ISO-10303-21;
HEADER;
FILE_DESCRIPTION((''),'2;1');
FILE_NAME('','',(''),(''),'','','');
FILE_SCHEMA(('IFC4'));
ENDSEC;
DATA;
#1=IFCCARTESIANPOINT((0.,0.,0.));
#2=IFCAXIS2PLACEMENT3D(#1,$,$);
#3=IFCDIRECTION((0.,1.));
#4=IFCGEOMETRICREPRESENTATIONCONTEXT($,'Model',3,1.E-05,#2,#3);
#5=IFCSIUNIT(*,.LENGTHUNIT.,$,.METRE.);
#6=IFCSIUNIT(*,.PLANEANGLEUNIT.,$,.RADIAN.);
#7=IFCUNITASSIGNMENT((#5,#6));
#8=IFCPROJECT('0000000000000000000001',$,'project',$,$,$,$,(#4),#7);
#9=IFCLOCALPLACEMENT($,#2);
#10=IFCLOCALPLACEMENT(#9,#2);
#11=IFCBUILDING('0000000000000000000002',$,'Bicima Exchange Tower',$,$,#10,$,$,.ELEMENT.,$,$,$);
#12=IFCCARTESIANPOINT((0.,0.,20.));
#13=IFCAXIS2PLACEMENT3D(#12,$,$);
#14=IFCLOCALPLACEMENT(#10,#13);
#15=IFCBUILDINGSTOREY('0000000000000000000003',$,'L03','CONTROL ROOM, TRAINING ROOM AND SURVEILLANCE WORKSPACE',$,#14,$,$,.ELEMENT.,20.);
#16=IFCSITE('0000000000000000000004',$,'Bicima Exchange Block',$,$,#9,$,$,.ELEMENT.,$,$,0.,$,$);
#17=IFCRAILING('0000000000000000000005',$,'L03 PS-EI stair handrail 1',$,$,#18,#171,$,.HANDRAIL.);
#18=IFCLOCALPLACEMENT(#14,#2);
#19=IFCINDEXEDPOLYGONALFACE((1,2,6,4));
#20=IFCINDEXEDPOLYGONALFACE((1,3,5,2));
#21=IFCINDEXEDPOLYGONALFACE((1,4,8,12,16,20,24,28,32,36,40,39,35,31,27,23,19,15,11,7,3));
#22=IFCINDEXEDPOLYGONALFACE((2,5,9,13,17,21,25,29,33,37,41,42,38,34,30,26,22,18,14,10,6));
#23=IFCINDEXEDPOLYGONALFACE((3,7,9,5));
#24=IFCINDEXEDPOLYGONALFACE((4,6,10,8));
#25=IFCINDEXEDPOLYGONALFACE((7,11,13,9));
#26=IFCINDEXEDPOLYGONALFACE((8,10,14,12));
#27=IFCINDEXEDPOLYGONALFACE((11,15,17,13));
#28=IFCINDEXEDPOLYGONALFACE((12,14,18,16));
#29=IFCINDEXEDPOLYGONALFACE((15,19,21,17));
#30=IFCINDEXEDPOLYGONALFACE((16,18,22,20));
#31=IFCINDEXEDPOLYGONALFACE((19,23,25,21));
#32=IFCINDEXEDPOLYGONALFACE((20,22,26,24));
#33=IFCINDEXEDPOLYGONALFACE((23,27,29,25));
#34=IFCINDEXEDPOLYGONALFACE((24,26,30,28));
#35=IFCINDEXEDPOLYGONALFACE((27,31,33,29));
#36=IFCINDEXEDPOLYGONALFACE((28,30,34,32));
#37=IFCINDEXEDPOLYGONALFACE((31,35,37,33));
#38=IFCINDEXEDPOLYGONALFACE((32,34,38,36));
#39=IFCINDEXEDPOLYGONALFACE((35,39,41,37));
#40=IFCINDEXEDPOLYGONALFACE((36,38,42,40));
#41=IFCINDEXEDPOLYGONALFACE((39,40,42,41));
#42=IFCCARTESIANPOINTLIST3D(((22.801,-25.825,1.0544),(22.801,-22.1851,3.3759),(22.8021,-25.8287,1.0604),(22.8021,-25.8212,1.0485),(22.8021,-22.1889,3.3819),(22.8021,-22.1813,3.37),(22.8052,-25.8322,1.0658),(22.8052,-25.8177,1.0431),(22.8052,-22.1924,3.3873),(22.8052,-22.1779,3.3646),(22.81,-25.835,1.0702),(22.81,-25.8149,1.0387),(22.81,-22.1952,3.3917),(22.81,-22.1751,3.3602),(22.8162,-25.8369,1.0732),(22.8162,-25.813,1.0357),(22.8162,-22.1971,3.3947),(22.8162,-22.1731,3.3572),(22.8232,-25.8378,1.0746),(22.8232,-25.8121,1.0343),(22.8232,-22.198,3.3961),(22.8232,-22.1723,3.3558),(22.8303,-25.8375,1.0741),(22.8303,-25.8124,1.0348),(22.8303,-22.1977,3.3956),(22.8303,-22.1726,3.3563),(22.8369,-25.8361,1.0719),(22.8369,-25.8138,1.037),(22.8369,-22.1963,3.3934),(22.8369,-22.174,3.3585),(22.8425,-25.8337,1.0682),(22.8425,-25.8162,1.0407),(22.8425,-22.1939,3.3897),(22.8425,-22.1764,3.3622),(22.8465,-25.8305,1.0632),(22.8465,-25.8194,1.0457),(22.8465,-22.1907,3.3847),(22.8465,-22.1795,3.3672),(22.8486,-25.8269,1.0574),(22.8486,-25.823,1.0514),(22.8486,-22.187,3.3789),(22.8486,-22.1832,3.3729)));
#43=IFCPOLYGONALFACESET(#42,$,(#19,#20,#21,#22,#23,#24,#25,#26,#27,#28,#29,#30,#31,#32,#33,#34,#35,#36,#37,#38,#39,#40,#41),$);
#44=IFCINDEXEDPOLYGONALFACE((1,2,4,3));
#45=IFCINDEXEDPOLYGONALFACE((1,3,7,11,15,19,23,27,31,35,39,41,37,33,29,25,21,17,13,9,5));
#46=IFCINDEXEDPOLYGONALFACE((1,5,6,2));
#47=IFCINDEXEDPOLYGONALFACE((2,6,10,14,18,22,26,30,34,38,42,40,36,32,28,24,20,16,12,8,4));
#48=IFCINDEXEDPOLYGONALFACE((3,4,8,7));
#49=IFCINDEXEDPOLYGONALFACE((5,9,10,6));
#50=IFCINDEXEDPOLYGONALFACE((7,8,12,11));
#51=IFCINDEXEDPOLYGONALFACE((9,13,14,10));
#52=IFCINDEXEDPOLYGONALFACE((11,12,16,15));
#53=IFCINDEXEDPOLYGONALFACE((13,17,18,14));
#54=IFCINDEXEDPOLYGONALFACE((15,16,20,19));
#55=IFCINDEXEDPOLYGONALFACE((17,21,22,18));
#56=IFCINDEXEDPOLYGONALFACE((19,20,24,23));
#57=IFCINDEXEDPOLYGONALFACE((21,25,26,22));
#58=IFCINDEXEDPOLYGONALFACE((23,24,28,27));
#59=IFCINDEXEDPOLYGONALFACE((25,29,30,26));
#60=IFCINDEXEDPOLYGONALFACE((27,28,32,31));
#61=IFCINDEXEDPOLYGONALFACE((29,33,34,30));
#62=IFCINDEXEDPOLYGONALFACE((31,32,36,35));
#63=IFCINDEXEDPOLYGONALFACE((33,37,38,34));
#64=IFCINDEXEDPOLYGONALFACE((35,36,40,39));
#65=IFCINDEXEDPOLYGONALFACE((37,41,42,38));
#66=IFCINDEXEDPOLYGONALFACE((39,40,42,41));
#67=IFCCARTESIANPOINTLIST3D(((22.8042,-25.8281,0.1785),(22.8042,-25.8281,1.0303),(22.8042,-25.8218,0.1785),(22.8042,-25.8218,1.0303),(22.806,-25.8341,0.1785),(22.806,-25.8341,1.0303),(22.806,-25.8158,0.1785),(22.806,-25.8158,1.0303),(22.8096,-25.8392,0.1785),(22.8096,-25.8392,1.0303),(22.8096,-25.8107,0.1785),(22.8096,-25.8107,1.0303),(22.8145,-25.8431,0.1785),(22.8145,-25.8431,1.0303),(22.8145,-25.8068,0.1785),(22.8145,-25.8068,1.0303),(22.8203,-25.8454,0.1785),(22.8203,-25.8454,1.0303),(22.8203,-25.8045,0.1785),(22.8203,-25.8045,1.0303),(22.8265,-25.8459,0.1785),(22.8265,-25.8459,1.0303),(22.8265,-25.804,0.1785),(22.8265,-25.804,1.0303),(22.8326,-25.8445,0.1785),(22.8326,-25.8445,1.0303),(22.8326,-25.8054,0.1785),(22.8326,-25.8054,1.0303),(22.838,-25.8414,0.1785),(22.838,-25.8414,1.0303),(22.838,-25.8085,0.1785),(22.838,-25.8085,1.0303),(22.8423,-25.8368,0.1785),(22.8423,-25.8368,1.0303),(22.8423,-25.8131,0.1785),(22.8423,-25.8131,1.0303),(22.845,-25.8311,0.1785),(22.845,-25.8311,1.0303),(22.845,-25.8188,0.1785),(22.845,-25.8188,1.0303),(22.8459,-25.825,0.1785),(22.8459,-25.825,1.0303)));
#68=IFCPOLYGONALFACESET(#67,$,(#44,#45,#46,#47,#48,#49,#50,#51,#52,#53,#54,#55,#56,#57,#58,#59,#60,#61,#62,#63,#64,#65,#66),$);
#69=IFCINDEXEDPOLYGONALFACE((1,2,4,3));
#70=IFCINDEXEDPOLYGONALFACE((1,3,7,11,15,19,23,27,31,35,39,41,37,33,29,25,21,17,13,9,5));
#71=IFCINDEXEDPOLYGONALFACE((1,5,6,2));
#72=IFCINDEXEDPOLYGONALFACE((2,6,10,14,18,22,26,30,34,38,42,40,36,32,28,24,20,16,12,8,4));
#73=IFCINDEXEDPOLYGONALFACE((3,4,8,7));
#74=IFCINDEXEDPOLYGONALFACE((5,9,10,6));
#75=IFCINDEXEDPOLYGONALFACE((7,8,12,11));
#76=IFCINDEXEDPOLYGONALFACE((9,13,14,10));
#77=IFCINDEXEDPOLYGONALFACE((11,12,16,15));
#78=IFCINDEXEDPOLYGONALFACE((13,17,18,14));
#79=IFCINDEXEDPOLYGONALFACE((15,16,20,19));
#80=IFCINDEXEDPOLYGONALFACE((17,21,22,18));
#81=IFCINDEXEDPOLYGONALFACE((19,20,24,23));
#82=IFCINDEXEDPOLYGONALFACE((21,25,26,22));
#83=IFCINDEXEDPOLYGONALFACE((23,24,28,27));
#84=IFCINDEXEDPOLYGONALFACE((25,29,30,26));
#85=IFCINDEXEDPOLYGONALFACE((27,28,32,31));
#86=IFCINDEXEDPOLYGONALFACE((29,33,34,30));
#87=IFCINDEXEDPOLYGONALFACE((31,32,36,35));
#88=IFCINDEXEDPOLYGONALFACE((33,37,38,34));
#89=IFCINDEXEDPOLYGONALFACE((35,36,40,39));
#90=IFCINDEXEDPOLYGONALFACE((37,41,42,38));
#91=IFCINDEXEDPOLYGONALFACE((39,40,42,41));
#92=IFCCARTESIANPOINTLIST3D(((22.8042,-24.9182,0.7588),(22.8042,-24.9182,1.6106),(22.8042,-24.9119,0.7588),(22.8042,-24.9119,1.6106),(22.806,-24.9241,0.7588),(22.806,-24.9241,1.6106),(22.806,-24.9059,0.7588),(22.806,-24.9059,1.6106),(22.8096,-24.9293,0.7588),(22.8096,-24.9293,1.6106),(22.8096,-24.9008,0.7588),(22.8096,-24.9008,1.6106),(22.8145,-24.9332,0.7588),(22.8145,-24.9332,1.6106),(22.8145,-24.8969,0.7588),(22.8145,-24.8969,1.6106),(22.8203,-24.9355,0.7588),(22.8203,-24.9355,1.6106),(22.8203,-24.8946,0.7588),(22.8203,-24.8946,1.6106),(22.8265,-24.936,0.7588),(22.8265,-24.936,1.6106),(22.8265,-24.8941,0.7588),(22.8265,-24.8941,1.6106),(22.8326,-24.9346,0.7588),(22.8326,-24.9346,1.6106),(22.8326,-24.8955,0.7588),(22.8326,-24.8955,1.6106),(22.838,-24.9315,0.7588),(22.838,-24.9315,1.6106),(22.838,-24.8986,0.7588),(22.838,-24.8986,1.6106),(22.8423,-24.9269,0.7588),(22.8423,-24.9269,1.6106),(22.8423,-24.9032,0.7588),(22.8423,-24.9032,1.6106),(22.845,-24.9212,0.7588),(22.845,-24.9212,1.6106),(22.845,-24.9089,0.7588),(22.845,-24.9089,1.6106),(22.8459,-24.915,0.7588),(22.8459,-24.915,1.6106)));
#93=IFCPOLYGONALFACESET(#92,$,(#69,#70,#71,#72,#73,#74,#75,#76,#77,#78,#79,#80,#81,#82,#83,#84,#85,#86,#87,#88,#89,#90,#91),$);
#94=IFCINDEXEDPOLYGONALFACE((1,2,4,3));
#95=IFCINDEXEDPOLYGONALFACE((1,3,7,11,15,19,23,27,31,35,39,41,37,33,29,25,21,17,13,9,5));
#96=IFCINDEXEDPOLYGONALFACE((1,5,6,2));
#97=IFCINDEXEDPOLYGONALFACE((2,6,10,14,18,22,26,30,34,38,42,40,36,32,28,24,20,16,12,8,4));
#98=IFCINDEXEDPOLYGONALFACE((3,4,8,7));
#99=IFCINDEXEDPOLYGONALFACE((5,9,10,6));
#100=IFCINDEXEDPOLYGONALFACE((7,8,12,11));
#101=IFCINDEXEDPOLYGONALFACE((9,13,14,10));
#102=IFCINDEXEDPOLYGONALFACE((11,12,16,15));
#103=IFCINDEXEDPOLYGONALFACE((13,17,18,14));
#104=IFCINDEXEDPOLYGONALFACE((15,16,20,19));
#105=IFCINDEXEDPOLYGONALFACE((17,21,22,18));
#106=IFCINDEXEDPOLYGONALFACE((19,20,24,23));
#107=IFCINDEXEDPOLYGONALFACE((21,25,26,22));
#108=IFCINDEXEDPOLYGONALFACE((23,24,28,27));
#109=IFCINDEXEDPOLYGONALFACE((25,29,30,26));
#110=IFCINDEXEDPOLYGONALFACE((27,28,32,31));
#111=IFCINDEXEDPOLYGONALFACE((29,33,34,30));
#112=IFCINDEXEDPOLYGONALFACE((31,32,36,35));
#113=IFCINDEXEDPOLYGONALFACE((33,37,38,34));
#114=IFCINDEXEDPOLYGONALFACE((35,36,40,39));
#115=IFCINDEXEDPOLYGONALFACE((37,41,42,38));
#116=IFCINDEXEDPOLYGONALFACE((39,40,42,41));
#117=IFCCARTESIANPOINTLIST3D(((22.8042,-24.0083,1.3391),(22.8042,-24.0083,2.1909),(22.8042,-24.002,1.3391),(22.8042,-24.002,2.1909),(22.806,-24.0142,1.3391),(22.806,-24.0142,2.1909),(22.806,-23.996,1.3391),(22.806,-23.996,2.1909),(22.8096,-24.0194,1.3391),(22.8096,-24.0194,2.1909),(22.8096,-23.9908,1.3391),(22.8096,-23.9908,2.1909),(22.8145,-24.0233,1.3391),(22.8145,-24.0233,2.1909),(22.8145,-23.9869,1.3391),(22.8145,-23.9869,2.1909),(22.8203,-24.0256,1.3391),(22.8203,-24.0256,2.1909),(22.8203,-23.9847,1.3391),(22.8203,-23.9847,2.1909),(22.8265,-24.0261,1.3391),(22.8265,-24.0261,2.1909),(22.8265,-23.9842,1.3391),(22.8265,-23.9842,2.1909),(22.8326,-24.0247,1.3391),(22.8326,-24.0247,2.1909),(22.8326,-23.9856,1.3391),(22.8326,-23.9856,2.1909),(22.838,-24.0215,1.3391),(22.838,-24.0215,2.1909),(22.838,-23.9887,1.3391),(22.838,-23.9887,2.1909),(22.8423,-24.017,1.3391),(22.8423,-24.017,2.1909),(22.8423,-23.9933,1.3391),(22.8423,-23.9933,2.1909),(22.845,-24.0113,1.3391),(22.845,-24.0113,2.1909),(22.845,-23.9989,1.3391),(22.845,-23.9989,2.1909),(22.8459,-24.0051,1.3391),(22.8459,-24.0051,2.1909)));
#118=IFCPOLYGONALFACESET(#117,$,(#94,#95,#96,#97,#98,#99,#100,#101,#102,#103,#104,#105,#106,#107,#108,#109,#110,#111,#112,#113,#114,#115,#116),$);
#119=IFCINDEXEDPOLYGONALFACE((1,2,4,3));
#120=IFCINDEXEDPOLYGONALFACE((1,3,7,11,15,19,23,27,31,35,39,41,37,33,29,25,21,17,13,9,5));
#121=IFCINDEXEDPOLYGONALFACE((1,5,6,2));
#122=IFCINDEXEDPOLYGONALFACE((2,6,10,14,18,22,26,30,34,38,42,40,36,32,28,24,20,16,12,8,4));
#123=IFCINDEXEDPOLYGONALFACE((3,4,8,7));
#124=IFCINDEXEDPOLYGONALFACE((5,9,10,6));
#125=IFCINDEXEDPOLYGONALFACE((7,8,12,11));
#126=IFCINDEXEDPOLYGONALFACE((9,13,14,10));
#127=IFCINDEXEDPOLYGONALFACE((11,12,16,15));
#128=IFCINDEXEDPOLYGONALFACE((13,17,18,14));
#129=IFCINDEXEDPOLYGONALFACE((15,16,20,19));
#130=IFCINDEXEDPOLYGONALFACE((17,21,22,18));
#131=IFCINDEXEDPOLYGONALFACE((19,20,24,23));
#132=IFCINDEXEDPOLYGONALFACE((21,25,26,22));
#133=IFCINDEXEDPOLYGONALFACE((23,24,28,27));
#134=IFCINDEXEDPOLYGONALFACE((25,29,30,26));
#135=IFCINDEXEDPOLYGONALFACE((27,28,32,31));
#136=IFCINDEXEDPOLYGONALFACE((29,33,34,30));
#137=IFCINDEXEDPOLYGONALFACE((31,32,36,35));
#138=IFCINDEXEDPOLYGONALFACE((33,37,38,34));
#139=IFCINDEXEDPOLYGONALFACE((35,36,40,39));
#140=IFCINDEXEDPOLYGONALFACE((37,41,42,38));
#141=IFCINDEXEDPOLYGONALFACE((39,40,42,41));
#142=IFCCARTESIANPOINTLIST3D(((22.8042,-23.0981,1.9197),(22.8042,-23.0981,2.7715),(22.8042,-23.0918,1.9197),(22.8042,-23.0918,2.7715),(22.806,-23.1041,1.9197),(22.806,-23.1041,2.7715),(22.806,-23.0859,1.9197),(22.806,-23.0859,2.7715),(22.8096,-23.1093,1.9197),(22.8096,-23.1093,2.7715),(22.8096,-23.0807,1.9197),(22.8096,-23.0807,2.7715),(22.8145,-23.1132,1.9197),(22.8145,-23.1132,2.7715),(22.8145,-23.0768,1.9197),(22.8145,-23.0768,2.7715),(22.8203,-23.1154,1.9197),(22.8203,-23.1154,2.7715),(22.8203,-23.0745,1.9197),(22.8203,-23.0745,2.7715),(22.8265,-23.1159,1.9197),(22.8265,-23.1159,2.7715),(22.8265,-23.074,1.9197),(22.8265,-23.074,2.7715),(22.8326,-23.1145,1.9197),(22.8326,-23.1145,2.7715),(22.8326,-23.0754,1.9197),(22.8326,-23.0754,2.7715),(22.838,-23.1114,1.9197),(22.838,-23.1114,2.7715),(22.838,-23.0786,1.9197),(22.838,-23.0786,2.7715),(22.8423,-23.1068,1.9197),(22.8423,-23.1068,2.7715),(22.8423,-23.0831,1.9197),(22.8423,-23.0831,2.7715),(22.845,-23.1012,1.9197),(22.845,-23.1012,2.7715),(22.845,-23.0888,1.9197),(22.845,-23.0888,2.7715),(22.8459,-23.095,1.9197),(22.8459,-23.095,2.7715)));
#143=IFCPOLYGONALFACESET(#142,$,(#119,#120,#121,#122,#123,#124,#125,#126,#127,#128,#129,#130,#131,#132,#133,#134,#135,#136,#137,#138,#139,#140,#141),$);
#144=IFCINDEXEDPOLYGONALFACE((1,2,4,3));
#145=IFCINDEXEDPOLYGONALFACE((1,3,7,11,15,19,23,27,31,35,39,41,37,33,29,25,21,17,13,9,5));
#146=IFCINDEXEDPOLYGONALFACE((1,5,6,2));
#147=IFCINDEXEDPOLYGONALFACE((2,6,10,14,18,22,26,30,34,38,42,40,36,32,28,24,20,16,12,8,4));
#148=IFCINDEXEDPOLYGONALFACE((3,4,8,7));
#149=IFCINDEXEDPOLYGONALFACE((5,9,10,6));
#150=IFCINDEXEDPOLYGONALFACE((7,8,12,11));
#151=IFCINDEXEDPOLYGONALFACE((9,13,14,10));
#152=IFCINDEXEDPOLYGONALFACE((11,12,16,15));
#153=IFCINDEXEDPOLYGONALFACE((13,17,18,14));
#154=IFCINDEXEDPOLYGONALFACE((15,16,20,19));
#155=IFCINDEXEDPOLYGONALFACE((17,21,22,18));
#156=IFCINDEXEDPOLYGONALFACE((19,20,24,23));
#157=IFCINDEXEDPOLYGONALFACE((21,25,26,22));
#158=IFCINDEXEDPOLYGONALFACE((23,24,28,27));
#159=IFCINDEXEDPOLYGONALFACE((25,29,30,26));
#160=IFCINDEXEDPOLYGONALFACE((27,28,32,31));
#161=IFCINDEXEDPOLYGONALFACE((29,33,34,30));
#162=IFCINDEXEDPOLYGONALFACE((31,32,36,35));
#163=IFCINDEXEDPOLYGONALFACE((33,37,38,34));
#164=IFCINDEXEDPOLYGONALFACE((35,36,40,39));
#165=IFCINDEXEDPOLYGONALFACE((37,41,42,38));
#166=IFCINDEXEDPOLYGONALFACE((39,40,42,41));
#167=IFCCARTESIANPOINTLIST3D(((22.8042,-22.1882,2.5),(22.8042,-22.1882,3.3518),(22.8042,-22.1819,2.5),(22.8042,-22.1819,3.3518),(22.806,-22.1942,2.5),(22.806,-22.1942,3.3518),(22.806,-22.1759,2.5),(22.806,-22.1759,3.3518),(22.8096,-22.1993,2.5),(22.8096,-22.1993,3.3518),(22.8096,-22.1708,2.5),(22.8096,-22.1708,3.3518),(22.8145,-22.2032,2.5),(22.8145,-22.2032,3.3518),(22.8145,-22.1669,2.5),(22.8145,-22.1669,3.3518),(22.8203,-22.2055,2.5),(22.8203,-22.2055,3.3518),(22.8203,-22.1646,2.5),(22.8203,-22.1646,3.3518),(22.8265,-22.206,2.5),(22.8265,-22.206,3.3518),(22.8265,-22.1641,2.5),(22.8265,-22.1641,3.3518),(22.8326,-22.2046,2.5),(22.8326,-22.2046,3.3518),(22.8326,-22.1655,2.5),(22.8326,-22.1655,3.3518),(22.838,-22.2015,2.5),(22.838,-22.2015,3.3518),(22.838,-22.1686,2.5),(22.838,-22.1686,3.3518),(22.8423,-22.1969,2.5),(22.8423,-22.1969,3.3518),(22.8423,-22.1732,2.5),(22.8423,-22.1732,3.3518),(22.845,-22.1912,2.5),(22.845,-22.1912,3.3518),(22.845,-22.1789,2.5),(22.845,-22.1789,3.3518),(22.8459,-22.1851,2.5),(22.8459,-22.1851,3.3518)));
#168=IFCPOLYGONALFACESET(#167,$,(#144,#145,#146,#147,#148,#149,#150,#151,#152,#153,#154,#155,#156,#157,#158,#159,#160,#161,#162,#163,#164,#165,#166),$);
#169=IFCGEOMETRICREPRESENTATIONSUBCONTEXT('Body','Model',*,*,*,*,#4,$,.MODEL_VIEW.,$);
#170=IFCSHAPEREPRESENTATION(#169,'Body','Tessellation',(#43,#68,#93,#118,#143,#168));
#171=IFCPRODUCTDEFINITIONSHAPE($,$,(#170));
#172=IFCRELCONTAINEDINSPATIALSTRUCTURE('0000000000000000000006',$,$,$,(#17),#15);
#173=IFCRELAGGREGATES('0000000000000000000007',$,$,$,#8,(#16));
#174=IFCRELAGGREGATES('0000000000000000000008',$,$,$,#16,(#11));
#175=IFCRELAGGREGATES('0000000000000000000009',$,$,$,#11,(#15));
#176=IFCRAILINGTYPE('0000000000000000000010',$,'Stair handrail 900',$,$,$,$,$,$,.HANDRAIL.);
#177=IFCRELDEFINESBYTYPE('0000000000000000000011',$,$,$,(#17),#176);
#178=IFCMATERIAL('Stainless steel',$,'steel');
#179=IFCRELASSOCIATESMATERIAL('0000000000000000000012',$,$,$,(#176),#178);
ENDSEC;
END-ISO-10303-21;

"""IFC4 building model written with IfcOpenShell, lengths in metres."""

from ifc_helpers import new_model, si_unit, direction, frame, origin, origin_2d, place, context, subcontext, project, spatial, circle, extrude, material, type_object, element, save


model = new_model("IFC4")

# Units and contexts
model_context = context("Model", 3, precision=1e-05, world=origin(), true_north=direction((0.0, 1.0)))
body_context = subcontext(model_context, "Body", "Model", "MODEL_VIEW")
ifc_project = project(units=[si_unit("LENGTHUNIT", "METRE"), si_unit("PLANEANGLEUNIT", "RADIAN")], contexts=[model_context])

# Site, building, storey
site_placement = place(None, origin())
site = spatial("IfcSite", under=ifc_project, at=site_placement, Name="Bicima Exchange Block", CompositionType="ELEMENT", RefElevation=0.0)
building_placement = place(site_placement, origin())
building = spatial("IfcBuilding", under=site, at=building_placement, Name="Bicima Exchange Tower", CompositionType="ELEMENT")
storey_placement = place(building_placement, frame((0.0, 0.0, 20.0)))
storey = spatial("IfcBuildingStorey", under=building, at=storey_placement, Name="L03", Description="CONTROL ROOM, TRAINING ROOM AND SURVEILLANCE WORKSPACE", CompositionType="ELEMENT", Elevation=20.0)

# Railing
ifc_material_1 = material(Name="Stainless steel", Category="steel")
railing_type_1 = type_object("IfcRailingType", Name="Stair handrail 900", PredefinedType="HANDRAIL", material=ifc_material_1)
for number, where, name in (
    (1, (22.825, -25.825, 0.1785), "L03 PS-EI stair handrail 1"),
):
    element("IfcRailing", number, at=place(storey_placement, frame(where)), inside=storey, type_object=railing_type_1, Name=name, PredefinedType="HANDRAIL", context=body_context, shape_type="SweptSolid", body=[
        extrude(circle(Radius=0.0239, at=origin_2d()), frame((0.0, 0.0, 0.876), z_axis=(0.0, 0.843112, 0.537739), x_axis=(-1.0, 0.0, 0.0)), (0.0, 0.0, 1.0), 4.3171),
        extrude(circle(Radius=0.021, at=origin_2d()), origin(), (0.0, 0.0, 1.0), 0.8518),
        extrude(circle(Radius=0.021, at=origin_2d()), frame((0.0, 0.9099, 0.5803)), (0.0, 0.0, 1.0), 0.8518),
        extrude(circle(Radius=0.021, at=origin_2d()), frame((0.0, 1.8198, 1.1606)), (0.0, 0.0, 1.0), 0.8518),
        extrude(circle(Radius=0.021, at=origin_2d()), frame((0.0, 2.73, 1.7412)), (0.0, 0.0, 1.0), 0.8518),
        extrude(circle(Radius=0.021, at=origin_2d()), frame((0.0, 3.6399, 2.3215)), (0.0, 0.0, 1.0), 0.8518),
    ])

save(model, "model.ifc")
